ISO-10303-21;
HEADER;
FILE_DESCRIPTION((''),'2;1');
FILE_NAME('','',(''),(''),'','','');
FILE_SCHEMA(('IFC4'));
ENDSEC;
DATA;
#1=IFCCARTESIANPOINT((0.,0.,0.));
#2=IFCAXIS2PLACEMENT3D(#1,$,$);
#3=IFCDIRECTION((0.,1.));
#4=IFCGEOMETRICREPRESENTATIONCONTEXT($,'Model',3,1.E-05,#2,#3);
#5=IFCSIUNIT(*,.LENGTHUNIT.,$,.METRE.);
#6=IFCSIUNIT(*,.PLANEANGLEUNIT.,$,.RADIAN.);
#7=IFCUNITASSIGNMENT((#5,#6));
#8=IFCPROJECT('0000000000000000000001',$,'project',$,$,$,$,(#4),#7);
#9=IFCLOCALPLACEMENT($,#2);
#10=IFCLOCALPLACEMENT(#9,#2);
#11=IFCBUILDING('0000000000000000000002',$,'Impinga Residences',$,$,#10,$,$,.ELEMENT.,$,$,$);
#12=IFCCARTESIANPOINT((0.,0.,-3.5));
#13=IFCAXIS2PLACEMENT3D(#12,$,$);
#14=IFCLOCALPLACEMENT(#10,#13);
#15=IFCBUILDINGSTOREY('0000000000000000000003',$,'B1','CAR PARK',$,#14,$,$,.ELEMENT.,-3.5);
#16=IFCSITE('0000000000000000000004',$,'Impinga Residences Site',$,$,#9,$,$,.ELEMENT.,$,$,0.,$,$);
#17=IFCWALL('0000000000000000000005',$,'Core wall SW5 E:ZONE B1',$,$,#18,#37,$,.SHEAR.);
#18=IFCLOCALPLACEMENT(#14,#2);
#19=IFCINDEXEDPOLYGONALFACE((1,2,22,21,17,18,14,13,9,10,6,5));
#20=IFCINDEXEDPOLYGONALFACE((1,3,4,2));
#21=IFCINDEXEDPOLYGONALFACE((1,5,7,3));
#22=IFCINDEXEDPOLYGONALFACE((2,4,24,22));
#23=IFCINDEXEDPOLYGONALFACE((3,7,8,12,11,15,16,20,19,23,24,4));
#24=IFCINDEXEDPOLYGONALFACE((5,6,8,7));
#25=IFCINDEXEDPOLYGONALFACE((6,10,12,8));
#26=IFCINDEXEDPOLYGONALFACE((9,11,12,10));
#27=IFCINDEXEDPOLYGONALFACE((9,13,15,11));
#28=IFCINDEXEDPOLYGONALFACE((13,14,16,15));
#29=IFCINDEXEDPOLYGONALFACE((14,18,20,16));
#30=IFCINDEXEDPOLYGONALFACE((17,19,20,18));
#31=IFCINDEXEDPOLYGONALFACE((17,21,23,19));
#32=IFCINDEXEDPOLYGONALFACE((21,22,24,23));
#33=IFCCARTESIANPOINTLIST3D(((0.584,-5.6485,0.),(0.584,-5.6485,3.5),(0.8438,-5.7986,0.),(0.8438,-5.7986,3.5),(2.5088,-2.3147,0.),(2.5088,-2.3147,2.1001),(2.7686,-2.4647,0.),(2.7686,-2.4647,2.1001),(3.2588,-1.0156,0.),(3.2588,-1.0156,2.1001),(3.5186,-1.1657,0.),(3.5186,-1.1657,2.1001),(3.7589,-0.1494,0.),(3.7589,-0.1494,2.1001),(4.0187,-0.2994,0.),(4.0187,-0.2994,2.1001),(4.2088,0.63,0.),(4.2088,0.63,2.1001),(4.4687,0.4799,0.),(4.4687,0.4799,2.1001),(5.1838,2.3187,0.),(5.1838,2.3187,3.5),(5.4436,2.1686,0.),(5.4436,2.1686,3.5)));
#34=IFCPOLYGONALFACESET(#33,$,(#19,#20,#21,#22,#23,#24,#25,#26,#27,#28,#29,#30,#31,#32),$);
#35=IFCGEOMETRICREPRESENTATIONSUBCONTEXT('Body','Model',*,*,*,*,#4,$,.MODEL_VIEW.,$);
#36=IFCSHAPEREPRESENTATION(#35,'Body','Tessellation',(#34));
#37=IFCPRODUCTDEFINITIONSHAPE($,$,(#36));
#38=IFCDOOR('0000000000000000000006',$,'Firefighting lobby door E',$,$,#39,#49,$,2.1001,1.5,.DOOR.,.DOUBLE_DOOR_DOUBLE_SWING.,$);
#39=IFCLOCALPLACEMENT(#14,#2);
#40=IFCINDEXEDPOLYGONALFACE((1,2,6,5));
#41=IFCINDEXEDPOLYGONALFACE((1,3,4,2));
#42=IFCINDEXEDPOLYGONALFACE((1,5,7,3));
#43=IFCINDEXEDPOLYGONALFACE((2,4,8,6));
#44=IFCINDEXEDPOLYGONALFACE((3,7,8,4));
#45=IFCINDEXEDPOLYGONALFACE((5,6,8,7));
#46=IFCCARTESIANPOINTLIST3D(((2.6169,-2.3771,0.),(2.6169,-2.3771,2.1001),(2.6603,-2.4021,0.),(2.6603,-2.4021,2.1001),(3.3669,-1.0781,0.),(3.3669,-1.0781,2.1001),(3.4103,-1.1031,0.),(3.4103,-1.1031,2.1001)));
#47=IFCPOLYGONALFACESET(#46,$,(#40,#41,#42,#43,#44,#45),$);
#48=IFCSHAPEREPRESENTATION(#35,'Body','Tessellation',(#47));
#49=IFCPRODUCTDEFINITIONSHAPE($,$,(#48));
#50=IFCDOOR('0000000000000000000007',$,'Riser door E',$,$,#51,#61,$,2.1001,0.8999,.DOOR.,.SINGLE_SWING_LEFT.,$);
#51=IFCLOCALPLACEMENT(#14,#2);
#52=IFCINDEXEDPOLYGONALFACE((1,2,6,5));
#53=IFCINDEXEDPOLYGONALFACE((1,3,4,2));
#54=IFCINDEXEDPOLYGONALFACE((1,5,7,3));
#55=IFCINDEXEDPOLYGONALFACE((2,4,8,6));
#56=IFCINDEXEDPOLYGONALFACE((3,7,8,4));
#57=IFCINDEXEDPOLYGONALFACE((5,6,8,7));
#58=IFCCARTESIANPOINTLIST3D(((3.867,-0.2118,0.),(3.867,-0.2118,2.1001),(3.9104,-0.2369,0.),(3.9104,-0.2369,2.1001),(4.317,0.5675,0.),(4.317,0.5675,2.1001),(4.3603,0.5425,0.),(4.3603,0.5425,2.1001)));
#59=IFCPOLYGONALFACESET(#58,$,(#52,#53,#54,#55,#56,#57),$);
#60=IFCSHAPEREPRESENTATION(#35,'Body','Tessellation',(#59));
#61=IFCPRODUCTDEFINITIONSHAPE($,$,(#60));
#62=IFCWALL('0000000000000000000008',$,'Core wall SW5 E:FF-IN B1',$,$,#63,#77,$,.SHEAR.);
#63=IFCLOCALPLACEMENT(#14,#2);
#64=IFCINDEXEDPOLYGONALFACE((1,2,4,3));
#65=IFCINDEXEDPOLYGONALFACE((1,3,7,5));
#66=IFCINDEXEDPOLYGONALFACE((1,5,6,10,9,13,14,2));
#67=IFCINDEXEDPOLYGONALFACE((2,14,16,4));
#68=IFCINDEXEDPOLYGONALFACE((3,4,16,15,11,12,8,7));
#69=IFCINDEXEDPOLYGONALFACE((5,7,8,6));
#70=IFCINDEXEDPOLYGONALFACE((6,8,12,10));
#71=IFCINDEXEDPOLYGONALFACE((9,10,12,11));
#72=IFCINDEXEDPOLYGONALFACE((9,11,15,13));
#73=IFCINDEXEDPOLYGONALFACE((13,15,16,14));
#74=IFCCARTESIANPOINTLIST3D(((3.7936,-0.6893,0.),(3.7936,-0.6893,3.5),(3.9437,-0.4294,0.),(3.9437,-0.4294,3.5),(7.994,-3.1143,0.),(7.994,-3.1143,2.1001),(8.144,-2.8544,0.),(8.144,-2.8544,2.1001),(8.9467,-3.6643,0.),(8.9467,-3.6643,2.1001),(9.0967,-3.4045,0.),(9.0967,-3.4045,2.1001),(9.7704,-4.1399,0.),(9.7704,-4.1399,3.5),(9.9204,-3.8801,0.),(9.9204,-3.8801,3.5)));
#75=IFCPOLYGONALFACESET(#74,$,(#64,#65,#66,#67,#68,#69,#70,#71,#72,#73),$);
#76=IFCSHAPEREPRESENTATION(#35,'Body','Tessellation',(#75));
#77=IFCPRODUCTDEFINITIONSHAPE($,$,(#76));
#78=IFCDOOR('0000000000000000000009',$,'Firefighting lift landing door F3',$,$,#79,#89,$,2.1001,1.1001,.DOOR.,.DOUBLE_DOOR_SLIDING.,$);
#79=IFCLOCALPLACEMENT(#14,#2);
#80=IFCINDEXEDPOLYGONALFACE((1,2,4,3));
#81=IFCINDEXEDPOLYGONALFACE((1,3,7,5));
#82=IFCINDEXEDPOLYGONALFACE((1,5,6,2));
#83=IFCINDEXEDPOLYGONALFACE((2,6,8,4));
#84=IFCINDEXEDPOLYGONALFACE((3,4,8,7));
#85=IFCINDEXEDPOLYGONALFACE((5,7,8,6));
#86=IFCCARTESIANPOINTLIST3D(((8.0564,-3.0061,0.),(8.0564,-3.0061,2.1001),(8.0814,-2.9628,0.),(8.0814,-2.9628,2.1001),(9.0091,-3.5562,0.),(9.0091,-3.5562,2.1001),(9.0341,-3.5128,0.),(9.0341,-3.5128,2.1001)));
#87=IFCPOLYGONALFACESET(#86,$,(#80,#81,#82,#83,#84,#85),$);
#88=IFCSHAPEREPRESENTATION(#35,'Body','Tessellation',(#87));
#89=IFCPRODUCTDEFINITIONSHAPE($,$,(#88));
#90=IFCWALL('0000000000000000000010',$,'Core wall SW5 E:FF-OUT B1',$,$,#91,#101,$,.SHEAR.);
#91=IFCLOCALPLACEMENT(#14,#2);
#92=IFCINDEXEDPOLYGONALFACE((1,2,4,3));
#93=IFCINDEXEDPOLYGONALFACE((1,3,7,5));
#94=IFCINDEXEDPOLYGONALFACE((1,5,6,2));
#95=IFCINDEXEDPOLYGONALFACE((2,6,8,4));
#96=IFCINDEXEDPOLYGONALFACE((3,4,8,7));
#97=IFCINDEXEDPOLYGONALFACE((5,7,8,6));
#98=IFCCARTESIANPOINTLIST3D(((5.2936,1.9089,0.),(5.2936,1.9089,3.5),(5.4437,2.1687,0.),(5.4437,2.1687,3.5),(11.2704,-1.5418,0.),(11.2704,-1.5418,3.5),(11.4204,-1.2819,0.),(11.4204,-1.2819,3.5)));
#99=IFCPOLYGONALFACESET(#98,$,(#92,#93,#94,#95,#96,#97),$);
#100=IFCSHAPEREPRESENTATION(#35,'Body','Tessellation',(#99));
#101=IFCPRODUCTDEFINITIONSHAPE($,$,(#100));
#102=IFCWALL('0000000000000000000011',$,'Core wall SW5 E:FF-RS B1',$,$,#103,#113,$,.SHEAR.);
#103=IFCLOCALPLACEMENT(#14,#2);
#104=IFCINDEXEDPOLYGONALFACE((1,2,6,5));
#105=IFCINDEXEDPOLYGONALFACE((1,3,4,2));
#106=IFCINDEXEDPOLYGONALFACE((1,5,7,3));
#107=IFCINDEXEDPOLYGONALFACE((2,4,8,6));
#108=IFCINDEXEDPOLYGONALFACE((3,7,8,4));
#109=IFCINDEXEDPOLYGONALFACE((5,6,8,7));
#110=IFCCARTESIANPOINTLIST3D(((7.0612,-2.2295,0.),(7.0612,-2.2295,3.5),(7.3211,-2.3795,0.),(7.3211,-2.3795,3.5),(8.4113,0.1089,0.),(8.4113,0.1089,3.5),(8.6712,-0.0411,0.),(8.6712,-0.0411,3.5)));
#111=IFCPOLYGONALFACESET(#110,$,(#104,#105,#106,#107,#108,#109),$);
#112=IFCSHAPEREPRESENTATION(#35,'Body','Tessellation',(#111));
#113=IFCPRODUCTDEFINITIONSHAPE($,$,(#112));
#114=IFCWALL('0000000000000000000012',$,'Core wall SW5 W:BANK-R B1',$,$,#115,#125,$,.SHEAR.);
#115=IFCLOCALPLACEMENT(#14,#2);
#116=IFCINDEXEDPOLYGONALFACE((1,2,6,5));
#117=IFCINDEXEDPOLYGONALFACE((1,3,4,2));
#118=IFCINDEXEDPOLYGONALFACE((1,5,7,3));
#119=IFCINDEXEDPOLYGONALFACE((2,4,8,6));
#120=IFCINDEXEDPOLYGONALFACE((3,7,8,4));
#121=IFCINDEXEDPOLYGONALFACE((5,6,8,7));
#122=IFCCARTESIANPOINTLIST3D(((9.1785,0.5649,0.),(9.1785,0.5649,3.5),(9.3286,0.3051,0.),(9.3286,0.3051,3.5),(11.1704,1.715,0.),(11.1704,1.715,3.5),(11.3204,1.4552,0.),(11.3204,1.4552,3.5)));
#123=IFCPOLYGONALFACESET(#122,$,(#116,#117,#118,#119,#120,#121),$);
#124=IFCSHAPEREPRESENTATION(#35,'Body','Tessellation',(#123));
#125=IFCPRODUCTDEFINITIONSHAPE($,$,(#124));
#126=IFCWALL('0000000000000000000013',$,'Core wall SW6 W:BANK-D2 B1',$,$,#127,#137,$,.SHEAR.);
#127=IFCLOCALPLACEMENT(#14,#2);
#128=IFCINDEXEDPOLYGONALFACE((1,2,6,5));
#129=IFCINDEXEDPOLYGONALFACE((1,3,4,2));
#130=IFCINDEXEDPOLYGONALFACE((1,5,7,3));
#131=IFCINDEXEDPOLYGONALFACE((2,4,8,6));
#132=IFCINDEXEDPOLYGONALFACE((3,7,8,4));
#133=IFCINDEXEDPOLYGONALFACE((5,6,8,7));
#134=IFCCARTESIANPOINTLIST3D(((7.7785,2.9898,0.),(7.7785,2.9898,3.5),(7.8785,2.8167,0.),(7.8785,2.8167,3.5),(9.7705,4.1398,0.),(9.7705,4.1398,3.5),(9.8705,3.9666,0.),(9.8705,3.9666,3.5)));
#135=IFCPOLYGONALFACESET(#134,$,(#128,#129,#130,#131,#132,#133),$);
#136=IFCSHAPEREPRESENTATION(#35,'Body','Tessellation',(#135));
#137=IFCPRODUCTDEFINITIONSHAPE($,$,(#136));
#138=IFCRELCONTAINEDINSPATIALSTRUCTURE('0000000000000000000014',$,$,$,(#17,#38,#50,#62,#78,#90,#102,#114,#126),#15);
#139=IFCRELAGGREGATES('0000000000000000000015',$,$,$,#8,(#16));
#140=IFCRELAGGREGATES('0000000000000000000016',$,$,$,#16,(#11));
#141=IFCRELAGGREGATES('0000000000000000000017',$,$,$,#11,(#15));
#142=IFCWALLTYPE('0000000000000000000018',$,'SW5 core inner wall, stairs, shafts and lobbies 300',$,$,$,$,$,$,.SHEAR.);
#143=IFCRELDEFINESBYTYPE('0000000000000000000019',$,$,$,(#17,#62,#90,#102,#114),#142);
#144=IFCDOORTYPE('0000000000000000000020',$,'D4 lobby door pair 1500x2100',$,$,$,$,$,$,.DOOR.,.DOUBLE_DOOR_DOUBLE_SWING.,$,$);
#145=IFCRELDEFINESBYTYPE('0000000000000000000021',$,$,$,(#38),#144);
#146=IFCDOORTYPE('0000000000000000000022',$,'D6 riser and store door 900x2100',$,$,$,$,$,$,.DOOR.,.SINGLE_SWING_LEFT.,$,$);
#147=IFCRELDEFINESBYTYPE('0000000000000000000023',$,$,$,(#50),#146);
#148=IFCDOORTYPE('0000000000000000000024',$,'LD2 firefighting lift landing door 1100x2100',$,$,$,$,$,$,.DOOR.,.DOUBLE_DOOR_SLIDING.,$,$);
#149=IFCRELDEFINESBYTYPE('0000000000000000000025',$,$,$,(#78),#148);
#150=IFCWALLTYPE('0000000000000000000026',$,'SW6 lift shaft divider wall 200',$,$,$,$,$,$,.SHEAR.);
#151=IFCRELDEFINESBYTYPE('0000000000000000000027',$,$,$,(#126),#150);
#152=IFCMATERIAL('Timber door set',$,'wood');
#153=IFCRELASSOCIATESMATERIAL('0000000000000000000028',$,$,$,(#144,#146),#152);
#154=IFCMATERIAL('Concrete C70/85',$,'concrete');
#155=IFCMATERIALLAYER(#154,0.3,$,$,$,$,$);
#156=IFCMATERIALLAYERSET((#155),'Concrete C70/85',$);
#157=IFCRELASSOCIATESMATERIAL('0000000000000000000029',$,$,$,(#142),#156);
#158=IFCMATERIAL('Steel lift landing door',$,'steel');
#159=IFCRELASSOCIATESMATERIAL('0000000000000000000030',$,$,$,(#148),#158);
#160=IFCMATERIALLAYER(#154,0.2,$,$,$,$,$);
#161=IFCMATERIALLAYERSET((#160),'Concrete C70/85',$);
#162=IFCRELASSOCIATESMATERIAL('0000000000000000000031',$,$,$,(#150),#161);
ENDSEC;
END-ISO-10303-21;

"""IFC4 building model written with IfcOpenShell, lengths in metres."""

from ifc_helpers import new_model, si_unit, direction, frame, frame_2d, origin, place, context, subcontext, project, spatial, rectangle, extrude, material, layer, layer_set, type_object, element, fill, save


model = new_model("IFC4")

# Units and contexts
model_context = context("Model", 3, precision=1e-05, world=origin(), true_north=direction((0.0, 1.0)))
body_context = subcontext(model_context, "Body", "Model", "MODEL_VIEW")
ifc_project = project(units=[si_unit("LENGTHUNIT", "METRE"), si_unit("PLANEANGLEUNIT", "RADIAN")], contexts=[model_context])

# Site, building, storey
site_placement = place(None, origin())
site = spatial("IfcSite", under=ifc_project, at=site_placement, Name="Impinga Residences Site", CompositionType="ELEMENT", RefElevation=0.0)
building_placement = place(site_placement, origin())
building = spatial("IfcBuilding", under=site, at=building_placement, Name="Impinga Residences", CompositionType="ELEMENT")
storey_placement = place(building_placement, frame((0.0, 0.0, -3.5)))
storey = spatial("IfcBuildingStorey", under=building, at=storey_placement, Name="B1", Description="CAR PARK", CompositionType="ELEMENT", Elevation=-3.5)

# Shared definitions
ifc_material_1 = material(Name="Concrete C70/85", Category="concrete")

# Shared definitions
ifc_material_2 = material(Name="Timber door set", Category="wood")

# Shared definitions
door_type_1 = type_object("IfcDoorType", Name="D4 lobby door pair 1500x2100", OperationType="DOUBLE_DOOR_DOUBLE_SWING", PredefinedType="DOOR", material=ifc_material_2)

# Shared definitions
ifc_layer_1 = layer(ifc_material_1, 0.3)
ifc_layer_set_1 = layer_set([ifc_layer_1], Name="Concrete C70/85")
wall_type_1 = type_object("IfcWallType", Name="SW5 core inner wall, stairs, shafts and lobbies 300", PredefinedType="SHEAR", material=ifc_layer_set_1)

# Wall, openings, doors
wall_1_placement = place(storey_placement, frame((5.3137, 2.2437, 0.0), z_axis=(0.0, 0.0, 1.0), x_axis=(-0.499995, -0.866028, 0.0)))
wall_1 = element("IfcWall", 1, at=wall_1_placement, inside=storey, type_object=wall_type_1, Name="Core wall SW5 E:ZONE B1", PredefinedType="SHEAR", context=body_context, shape_type="SweptSolid", body=[
    extrude(rectangle(XDim=9.1997, YDim=0.3, at=frame_2d((4.5999, 0.0))), origin(), (0.0, 0.0, 1.0), 3.5),
])
opening_1_placement = place(wall_1_placement, frame((3.8501, 0.0, 0.0)))
opening_1 = element("IfcOpeningElement", 2, at=opening_1_placement, cuts=wall_1, PredefinedType="OPENING", context=body_context, shape_type="SweptSolid", body=[
    extrude(rectangle(XDim=1.5, YDim=2.1001, at=frame_2d((0.75, 1.05))), frame((0.0, 0.1599, 0.0), z_axis=(0.0, -1.0, 0.0), x_axis=(1.0, 0.0, 0.0)), (0.0, 0.0, 1.0), 0.3201),
])
opening_2_placement = place(wall_1_placement, frame((1.95, 0.0, 0.0)))
opening_2 = element("IfcOpeningElement", 3, at=opening_2_placement, cuts=wall_1, PredefinedType="OPENING", context=body_context, shape_type="SweptSolid", body=[
    extrude(rectangle(XDim=0.8999, YDim=2.1001, at=frame_2d((0.45, 1.05))), frame((0.0, 0.1599, 0.0), z_axis=(0.0, -1.0, 0.0), x_axis=(1.0, 0.0, 0.0)), (0.0, 0.0, 1.0), 0.3201),
])
door_1_placement = place(opening_1_placement, origin())
door_1 = element("IfcDoor", 4, at=door_1_placement, inside=storey, type_object=door_type_1, Name="Firefighting lobby door E", OperationType="DOUBLE_DOOR_DOUBLE_SWING", OverallHeight=2.1001, OverallWidth=1.5, PredefinedType="DOOR", context=body_context, shape_type="SweptSolid", body=[
    extrude(rectangle(XDim=1.5, YDim=2.1001, at=frame_2d((0.75, 1.05))), frame((0.0, 0.0249, 0.0), z_axis=(0.0, -1.0, 0.0), x_axis=(1.0, 0.0, 0.0)), (0.0, 0.0, 1.0), 0.05),
])
fill(opening_1, door_1)
door_type_2 = type_object("IfcDoorType", Name="D6 riser and store door 900x2100", OperationType="SINGLE_SWING_LEFT", PredefinedType="DOOR", material=ifc_material_2)
door_2_placement = place(opening_2_placement, origin())
door_2 = element("IfcDoor", 5, at=door_2_placement, inside=storey, type_object=door_type_2, Name="Riser door E", OperationType="SINGLE_SWING_LEFT", OverallHeight=2.1001, OverallWidth=0.8999, PredefinedType="DOOR", context=body_context, shape_type="SweptSolid", body=[
    extrude(rectangle(XDim=0.8999, YDim=2.1001, at=frame_2d((0.45, 1.05))), frame((0.0, 0.0249, 0.0), z_axis=(0.0, -1.0, 0.0), x_axis=(1.0, 0.0, 0.0)), (0.0, 0.0, 1.0), 0.05),
])
fill(opening_2, door_2)

# Wall, opening, door
wall_2_placement = place(storey_placement, frame((3.8687, -0.5593, 0.0), z_axis=(0.0, 0.0, 1.0), x_axis=(0.866027, -0.499997, 0.0)))
wall_2 = element("IfcWall", 6, at=wall_2_placement, inside=storey, type_object=wall_type_1, Name="Core wall SW5 E:FF-IN B1", PredefinedType="SHEAR", context=body_context, shape_type="SweptSolid", body=[
    extrude(rectangle(XDim=6.9014, YDim=0.3, at=frame_2d((3.4507, 0.0))), origin(), (0.0, 0.0, 1.0), 3.5),
])
opening_3_placement = place(wall_2_placement, frame((4.8501, 0.0, 0.0)))
opening_3 = element("IfcOpeningElement", 7, at=opening_3_placement, cuts=wall_2, PredefinedType="OPENING", context=body_context, shape_type="SweptSolid", body=[
    extrude(rectangle(XDim=1.1001, YDim=2.1001, at=frame_2d((0.55, 1.05))), frame((0.0, 0.1599, 0.0), z_axis=(0.0, -1.0, 0.0), x_axis=(1.0, 0.0, 0.0)), (0.0, 0.0, 1.0), 0.3201),
])
ifc_material_3 = material(Name="Steel lift landing door", Category="steel")
door_type_3 = type_object("IfcDoorType", Name="LD2 firefighting lift landing door 1100x2100", OperationType="DOUBLE_DOOR_SLIDING", PredefinedType="DOOR", material=ifc_material_3)
door_3_placement = place(opening_3_placement, origin())
door_3 = element("IfcDoor", 8, at=door_3_placement, inside=storey, type_object=door_type_3, Name="Firefighting lift landing door F3", OperationType="DOUBLE_DOOR_SLIDING", OverallHeight=2.1001, OverallWidth=1.1001, PredefinedType="DOOR", context=body_context, shape_type="SweptSolid", body=[
    extrude(rectangle(XDim=1.1001, YDim=2.1001, at=frame_2d((0.55, 1.05))), frame((0.0, 0.0249, 0.0), z_axis=(0.0, -1.0, 0.0), x_axis=(1.0, 0.0, 0.0)), (0.0, 0.0, 1.0), 0.05),
])
fill(opening_3, door_3)

# Walls
wall_3_placement = place(storey_placement, frame((5.3687, 2.0388, 0.0), z_axis=(0.0, 0.0, 1.0), x_axis=(0.866027, -0.499997, 0.0)))
element("IfcWall", 9, at=wall_3_placement, inside=storey, type_object=wall_type_1, Name="Core wall SW5 E:FF-OUT B1", PredefinedType="SHEAR", context=body_context, shape_type="SweptSolid", body=[
    extrude(rectangle(XDim=6.9014, YDim=0.3, at=frame_2d((3.4507, 0.0))), origin(), (0.0, 0.0, 1.0), 3.5),
])
wall_4_placement = place(storey_placement, frame((8.5413, 0.0339, 0.0), z_axis=(0.0, 0.0, 1.0), x_axis=(-0.500009, -0.86602, 0.0)))
element("IfcWall", 10, at=wall_4_placement, inside=storey, type_object=wall_type_1, Name="Core wall SW5 E:FF-RS B1", PredefinedType="SHEAR", context=body_context, shape_type="SweptSolid", body=[
    extrude(rectangle(XDim=2.7002, YDim=0.3, at=frame_2d((1.3501, 0.0))), origin(), (0.0, 0.0, 1.0), 3.5),
])
wall_5_placement = place(storey_placement, frame((9.2537, 0.4351, 0.0), z_axis=(0.0, 0.0, 1.0), x_axis=(0.866007, 0.500032, 0.0)))
element("IfcWall", 11, at=wall_5_placement, inside=storey, type_object=wall_type_1, Name="Core wall SW5 W:BANK-R B1", PredefinedType="SHEAR", context=body_context, shape_type="SweptSolid", body=[
    extrude(rectangle(XDim=2.3, YDim=0.3, at=frame_2d((1.1499, 0.0))), origin(), (0.0, 0.0, 1.0), 3.5),
])
ifc_layer_2 = layer(ifc_material_1, 0.2)
ifc_layer_set_2 = layer_set([ifc_layer_2], Name="Concrete C70/85")
wall_type_2 = type_object("IfcWallType", Name="SW6 lift shaft divider wall 200", PredefinedType="SHEAR", material=ifc_layer_set_2)
wall_6_placement = place(storey_placement, frame((7.8286, 2.9033, 0.0), z_axis=(0.0, 0.0, 1.0), x_axis=(0.866053, 0.499952, 0.0)))
element("IfcWall", 12, at=wall_6_placement, inside=storey, type_object=wall_type_2, Name="Core wall SW6 W:BANK-D2 B1", PredefinedType="SHEAR", context=body_context, shape_type="SweptSolid", body=[
    extrude(rectangle(XDim=2.3, YDim=0.2, at=frame_2d((1.1499, 0.0))), origin(), (0.0, 0.0, 1.0), 3.5),
])

save(model, "model.ifc")
